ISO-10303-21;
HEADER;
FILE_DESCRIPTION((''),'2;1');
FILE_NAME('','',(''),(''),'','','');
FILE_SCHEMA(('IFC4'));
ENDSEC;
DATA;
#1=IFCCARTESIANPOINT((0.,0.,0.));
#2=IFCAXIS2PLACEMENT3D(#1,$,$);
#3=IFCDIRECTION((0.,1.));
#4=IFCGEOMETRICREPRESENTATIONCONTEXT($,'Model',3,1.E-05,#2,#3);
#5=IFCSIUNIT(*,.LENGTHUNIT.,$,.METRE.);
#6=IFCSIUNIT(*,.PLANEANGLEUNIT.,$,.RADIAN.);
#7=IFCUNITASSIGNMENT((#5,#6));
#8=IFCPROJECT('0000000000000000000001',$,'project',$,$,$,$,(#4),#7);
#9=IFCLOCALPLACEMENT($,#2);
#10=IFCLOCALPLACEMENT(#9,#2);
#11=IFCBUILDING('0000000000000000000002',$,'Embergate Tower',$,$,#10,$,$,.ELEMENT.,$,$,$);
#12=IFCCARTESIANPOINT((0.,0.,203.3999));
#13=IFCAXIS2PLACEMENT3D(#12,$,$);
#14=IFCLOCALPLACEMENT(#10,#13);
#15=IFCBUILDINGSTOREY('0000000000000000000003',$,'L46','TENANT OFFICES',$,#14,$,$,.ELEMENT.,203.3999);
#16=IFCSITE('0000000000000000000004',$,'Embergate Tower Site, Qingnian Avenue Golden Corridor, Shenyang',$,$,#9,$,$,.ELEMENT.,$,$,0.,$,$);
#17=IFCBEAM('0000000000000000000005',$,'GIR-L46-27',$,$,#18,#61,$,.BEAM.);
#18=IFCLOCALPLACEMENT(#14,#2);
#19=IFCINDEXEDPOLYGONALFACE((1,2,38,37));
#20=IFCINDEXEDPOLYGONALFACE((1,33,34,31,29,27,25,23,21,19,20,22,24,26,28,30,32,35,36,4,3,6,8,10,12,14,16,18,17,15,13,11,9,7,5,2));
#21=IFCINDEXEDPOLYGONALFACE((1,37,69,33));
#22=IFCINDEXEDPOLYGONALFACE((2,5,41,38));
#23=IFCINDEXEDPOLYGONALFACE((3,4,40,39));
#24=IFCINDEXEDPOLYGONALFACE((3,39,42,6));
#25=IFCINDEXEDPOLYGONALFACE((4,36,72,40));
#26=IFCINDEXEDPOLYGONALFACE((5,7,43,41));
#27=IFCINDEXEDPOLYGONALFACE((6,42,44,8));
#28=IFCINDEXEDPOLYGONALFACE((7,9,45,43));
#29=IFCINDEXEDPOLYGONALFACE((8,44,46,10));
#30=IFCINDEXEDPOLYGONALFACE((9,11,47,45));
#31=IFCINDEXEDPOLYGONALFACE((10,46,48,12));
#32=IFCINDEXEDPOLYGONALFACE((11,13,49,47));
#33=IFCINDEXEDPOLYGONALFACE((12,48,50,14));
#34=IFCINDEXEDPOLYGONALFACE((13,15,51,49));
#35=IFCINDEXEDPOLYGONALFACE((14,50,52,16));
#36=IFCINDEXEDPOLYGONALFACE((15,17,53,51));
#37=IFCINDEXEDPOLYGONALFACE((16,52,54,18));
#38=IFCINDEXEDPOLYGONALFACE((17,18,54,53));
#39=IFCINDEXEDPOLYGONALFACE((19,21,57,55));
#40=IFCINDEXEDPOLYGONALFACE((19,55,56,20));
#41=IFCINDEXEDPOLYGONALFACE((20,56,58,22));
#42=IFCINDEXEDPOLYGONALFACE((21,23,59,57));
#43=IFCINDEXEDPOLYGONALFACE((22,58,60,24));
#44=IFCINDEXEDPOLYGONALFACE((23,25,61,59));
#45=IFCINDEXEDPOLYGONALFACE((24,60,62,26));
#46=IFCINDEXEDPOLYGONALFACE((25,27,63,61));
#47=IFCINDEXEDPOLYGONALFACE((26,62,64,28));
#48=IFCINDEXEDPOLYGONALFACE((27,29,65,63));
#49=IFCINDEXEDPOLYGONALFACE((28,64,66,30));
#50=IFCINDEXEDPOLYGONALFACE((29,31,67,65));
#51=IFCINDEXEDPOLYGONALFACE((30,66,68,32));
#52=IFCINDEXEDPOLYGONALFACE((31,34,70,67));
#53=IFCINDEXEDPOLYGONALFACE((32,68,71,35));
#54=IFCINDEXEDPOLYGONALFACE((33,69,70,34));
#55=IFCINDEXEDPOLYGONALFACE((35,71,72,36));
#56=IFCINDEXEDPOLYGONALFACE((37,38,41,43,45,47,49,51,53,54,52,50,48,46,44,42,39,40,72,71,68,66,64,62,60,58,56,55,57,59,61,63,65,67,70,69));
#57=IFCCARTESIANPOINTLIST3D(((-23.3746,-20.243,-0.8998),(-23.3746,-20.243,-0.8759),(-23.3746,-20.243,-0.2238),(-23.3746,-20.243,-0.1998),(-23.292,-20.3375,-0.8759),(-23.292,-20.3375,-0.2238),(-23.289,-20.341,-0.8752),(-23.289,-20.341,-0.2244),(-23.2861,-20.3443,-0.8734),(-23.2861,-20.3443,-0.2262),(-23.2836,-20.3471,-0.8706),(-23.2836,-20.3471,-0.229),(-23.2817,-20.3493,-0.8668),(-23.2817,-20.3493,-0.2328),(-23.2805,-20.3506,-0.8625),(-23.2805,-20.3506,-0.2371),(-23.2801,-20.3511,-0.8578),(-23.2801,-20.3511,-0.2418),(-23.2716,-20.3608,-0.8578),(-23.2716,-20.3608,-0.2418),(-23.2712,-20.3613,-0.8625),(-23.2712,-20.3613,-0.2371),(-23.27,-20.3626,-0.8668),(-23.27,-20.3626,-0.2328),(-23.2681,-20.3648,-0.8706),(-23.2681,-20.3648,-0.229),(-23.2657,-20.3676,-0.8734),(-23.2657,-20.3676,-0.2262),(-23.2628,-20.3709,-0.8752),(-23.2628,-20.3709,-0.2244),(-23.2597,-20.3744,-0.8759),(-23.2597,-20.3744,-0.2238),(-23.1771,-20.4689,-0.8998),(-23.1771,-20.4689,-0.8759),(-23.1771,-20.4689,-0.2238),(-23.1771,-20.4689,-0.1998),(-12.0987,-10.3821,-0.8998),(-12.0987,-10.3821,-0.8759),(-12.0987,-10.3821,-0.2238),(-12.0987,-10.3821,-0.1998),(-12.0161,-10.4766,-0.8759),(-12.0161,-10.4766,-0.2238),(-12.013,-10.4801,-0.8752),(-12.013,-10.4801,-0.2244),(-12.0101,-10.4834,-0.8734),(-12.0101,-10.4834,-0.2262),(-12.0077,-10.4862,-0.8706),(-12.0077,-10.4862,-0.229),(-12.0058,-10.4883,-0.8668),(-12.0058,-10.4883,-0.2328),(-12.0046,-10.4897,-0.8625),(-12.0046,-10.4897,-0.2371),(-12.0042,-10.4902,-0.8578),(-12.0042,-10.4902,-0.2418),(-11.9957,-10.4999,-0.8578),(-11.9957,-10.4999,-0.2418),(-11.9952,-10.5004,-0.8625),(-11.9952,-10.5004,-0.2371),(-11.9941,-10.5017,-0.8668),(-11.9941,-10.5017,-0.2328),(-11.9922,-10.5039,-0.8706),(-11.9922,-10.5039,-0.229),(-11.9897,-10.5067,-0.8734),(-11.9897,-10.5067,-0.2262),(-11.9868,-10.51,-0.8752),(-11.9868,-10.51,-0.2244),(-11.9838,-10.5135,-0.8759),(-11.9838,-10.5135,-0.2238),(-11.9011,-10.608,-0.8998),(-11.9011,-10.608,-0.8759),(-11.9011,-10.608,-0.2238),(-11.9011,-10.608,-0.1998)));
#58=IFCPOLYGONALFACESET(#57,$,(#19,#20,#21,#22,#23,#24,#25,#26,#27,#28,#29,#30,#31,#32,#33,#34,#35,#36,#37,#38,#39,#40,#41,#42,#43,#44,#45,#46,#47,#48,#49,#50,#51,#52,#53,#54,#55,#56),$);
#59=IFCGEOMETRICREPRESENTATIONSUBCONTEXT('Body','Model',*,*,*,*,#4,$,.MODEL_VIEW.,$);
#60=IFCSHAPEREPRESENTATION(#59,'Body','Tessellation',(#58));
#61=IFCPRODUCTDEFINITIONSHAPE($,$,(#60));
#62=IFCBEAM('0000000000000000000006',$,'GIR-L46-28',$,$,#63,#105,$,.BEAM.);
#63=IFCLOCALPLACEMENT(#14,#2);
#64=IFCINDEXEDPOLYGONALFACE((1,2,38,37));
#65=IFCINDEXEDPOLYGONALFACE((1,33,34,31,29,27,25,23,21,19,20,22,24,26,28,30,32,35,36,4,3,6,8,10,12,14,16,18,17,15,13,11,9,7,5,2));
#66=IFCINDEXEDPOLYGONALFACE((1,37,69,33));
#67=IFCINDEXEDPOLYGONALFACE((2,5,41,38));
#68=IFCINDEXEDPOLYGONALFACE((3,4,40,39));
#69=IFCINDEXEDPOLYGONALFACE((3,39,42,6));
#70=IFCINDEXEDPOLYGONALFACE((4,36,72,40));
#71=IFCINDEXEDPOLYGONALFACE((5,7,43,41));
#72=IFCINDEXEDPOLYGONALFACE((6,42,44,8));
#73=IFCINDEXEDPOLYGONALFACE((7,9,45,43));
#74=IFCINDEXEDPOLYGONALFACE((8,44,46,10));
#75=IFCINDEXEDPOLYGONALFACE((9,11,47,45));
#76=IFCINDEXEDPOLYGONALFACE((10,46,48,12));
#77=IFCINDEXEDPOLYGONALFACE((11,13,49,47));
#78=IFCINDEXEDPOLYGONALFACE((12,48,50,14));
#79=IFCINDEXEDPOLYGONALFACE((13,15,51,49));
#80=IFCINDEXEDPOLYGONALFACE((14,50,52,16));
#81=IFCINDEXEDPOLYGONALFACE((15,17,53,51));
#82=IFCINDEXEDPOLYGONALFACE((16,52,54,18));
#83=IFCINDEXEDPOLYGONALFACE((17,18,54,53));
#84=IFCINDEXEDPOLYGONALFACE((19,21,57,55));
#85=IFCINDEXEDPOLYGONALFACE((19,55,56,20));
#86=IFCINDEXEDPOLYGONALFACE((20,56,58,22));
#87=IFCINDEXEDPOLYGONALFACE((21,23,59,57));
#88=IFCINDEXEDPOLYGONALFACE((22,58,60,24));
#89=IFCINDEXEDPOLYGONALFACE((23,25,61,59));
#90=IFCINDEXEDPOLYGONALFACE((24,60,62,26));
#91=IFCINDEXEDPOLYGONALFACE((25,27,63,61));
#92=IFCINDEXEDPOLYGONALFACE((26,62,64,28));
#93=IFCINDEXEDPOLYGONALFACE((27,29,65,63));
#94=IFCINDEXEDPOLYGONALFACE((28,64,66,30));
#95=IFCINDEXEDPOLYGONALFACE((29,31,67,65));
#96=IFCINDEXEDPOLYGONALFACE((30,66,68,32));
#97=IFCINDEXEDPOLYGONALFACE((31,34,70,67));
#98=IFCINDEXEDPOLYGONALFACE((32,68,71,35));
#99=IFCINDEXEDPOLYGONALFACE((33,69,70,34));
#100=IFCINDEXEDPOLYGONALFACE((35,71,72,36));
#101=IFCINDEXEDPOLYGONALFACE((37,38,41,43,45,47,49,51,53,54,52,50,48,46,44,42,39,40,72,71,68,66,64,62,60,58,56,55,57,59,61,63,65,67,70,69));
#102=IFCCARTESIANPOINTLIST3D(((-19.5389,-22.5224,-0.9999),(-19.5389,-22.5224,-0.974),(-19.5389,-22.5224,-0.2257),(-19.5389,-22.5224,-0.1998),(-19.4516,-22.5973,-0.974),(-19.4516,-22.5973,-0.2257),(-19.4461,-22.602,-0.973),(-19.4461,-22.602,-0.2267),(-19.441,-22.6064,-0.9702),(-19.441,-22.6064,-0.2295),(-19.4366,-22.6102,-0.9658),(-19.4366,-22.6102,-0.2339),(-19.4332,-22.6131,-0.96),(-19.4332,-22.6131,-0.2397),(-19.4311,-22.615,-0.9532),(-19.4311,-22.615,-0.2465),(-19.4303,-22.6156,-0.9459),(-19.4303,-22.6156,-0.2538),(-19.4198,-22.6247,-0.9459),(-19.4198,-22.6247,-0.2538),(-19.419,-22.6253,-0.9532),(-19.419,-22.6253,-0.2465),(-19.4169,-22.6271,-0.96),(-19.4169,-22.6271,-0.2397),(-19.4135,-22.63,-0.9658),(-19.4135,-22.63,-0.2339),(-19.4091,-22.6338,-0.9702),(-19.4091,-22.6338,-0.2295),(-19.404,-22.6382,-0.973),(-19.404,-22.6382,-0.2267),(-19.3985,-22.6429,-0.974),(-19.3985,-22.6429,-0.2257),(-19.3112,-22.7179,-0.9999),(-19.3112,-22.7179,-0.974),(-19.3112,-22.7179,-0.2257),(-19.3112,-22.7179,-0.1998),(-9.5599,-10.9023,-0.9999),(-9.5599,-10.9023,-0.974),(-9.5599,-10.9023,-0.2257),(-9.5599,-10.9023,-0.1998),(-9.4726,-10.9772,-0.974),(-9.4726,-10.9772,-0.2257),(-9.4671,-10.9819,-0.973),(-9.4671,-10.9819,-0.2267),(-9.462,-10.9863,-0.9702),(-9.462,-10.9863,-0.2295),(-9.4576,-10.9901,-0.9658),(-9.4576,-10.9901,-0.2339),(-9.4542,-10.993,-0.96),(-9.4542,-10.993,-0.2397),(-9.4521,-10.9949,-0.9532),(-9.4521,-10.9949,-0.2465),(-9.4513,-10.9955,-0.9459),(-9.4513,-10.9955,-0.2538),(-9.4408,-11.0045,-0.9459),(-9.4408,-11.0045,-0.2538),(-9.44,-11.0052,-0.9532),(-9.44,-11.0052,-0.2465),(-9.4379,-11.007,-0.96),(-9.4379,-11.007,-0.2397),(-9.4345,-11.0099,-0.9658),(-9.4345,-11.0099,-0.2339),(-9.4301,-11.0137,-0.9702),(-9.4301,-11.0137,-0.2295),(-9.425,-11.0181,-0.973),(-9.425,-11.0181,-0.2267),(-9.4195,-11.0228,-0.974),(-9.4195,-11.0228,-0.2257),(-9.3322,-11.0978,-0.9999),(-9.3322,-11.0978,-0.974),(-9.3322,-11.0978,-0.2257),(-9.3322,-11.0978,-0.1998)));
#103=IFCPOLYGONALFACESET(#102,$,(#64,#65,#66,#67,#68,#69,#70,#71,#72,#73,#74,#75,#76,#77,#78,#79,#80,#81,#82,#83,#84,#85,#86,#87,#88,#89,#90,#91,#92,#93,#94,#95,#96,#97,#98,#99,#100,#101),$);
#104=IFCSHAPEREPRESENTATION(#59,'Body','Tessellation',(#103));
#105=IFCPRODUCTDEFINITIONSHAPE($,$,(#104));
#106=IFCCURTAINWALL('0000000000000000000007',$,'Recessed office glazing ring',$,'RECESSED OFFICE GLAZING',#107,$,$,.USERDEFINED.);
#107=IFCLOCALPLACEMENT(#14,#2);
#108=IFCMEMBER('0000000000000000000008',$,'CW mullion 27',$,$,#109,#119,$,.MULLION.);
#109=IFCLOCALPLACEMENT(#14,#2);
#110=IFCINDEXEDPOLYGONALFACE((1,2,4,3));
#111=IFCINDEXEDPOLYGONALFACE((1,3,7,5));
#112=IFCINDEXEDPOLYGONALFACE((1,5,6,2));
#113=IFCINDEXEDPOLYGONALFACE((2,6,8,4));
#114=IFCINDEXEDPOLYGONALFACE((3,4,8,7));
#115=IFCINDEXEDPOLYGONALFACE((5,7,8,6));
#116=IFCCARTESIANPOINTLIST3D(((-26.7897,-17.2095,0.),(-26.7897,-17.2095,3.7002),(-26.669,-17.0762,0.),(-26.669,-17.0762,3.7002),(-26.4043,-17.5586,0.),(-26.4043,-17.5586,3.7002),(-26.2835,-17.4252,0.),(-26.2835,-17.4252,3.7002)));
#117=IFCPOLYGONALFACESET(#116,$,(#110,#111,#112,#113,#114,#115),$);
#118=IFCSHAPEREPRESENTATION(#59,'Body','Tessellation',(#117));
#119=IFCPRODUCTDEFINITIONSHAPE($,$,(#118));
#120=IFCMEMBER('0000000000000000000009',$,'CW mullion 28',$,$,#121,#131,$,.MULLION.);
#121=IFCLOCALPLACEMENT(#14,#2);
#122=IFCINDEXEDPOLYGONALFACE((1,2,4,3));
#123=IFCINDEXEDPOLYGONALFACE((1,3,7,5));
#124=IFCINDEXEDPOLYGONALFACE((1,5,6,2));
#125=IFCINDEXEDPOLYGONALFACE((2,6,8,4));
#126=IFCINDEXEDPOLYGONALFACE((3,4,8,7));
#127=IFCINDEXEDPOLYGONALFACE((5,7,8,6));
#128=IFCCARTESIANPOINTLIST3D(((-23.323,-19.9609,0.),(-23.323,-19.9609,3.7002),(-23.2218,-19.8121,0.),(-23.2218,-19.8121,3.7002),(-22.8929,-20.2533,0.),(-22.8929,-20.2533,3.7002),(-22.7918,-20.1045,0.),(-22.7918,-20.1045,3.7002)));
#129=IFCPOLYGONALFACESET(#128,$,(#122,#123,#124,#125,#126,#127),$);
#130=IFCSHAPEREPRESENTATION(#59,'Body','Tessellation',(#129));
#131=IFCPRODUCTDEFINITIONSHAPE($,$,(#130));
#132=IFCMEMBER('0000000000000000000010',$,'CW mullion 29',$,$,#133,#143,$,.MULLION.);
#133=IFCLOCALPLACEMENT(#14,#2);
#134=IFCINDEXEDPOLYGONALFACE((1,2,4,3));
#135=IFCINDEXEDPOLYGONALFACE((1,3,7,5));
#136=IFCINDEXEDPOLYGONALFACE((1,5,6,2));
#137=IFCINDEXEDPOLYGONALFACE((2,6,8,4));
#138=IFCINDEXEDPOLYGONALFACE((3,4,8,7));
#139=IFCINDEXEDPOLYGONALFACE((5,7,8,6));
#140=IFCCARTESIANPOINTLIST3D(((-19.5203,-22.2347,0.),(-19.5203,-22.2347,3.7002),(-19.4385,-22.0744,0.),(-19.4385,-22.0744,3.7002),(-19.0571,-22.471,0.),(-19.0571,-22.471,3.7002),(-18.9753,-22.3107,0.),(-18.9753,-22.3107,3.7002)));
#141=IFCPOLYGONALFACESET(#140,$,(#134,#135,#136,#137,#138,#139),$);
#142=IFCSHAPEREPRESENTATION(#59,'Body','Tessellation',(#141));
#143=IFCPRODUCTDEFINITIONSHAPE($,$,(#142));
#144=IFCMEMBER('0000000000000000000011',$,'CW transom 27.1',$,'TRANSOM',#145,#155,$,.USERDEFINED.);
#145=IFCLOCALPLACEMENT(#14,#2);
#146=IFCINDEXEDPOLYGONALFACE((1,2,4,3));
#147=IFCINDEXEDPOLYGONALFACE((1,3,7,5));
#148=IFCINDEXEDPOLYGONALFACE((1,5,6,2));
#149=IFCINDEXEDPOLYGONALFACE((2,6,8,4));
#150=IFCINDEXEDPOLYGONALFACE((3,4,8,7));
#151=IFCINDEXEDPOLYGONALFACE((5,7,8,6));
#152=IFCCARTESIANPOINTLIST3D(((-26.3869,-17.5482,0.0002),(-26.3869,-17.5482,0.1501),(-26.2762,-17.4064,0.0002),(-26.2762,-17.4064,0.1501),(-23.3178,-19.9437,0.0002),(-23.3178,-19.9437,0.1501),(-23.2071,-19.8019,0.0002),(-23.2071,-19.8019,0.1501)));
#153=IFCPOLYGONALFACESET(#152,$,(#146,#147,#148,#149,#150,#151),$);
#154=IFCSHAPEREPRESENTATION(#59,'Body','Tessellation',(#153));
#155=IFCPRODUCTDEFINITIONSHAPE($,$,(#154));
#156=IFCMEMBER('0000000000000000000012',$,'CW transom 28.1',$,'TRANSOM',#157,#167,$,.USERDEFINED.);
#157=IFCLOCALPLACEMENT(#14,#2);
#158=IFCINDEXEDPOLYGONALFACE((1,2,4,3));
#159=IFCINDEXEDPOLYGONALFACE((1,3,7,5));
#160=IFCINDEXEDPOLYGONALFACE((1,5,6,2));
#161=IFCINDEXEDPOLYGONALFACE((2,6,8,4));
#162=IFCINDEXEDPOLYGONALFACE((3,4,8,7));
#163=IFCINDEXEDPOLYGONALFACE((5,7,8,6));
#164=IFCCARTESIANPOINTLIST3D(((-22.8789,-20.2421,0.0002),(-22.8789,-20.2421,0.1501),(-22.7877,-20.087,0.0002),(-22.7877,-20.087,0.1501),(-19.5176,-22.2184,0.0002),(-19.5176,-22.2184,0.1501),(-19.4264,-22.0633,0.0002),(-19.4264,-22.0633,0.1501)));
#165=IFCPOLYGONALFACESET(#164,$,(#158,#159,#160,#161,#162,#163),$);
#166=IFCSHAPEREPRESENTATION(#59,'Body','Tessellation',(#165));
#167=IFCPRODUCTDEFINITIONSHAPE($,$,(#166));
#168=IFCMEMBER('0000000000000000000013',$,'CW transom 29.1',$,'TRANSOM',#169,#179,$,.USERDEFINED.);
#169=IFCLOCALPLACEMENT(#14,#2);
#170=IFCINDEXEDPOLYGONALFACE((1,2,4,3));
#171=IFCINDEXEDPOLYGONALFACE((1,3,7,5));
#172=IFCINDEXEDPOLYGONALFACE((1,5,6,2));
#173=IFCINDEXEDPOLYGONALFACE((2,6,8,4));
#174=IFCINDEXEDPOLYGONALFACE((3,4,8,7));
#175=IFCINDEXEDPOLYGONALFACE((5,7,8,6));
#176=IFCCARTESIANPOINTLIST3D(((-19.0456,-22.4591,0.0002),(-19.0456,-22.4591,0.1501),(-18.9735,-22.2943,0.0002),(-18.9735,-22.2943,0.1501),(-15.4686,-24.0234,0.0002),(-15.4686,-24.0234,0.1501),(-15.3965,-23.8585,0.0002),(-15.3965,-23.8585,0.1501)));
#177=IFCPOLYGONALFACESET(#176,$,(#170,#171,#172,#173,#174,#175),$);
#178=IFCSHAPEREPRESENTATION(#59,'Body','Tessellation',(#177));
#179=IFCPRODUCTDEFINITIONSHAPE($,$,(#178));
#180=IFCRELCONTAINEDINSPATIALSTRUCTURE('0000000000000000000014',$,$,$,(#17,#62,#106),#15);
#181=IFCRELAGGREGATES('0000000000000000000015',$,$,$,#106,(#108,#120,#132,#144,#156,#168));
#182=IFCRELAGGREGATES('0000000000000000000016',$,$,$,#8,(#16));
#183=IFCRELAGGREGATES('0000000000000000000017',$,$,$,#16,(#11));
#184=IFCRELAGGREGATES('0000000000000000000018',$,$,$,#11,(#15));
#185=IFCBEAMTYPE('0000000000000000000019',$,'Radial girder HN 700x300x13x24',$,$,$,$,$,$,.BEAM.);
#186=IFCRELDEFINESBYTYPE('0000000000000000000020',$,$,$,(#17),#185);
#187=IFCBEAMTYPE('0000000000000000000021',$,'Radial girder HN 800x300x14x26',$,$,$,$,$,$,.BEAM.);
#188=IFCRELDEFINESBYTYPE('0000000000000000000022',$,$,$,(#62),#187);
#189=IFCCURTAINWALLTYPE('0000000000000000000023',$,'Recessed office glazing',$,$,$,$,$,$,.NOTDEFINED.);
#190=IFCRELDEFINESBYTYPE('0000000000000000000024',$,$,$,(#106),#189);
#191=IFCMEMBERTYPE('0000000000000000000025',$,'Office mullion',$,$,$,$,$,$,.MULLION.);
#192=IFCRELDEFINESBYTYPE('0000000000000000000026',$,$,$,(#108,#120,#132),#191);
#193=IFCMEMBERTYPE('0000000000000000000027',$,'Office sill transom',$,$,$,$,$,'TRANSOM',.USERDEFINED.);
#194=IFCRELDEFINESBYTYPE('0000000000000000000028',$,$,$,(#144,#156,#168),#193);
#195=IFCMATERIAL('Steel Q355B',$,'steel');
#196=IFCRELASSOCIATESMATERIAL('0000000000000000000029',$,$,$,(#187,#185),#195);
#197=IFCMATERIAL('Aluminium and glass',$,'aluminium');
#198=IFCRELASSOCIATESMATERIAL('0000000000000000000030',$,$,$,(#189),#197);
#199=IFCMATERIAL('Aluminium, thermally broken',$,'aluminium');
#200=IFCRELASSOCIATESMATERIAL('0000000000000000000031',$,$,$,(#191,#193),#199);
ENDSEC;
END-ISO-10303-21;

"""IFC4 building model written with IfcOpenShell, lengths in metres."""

from ifc_helpers import new_model, si_unit, direction, frame, origin, origin_2d, place, context, subcontext, project, spatial, rectangle, i_section, extrude, source, transform, mapped, material, material_profile, profile_set, type_object, element, aggregate, save


model = new_model("IFC4")

# Units and contexts
model_context = context("Model", 3, precision=1e-05, world=origin(), true_north=direction((0.0, 1.0)))
body_context = subcontext(model_context, "Body", "Model", "MODEL_VIEW")
ifc_project = project(units=[si_unit("LENGTHUNIT", "METRE"), si_unit("PLANEANGLEUNIT", "RADIAN")], contexts=[model_context])

# Site, building, storey
site_placement = place(None, origin())
site = spatial("IfcSite", under=ifc_project, at=site_placement, Name="Embergate Tower Site, Qingnian Avenue Golden Corridor, Shenyang", CompositionType="ELEMENT", RefElevation=0.0)
building_placement = place(site_placement, origin())
building = spatial("IfcBuilding", under=site, at=building_placement, Name="Embergate Tower", CompositionType="ELEMENT")
storey_placement = place(building_placement, frame((0.0, 0.0, 203.3999)))
storey = spatial("IfcBuildingStorey", under=building, at=storey_placement, Name="L46", Description="TENANT OFFICES", CompositionType="ELEMENT", Elevation=203.3999)

# Beams
ifc_material_1 = material(Name="Steel Q355B", Category="steel")
ifc_material_profile_1 = material_profile(ifc_material_1, i_section(OverallWidth=0.3, OverallDepth=0.8, WebThickness=0.0139, FlangeThickness=0.0259, FilletRadius=0.0281, at=origin_2d()), Name="HN 800x300x14x26")
ifc_profile_set_1 = profile_set([ifc_material_profile_1], Name="Steel Q355 grade B")
beam_type_1 = type_object("IfcBeamType", Name="Radial girder HN 800x300x14x26", PredefinedType="BEAM", material=ifc_profile_set_1)
ifc_material_profile_2 = material_profile(ifc_material_1, i_section(OverallWidth=0.3, OverallDepth=0.7, WebThickness=0.0129, FlangeThickness=0.0239, FilletRadius=0.0181, at=origin_2d()), Name="HN 700x300x13x24")
ifc_profile_set_2 = profile_set([ifc_material_profile_2], Name="Steel Q355 grade B")
beam_type_2 = type_object("IfcBeamType", Name="Radial girder HN 700x300x13x24", PredefinedType="BEAM", material=ifc_profile_set_2)
shared_shape_1 = source(origin(), body_context, "Body", "SweptSolid", [
    extrude(i_section(OverallWidth=0.3, OverallDepth=0.7, WebThickness=0.0129, FlangeThickness=0.0239, FilletRadius=0.0181, at=origin_2d()), origin(), (0.0, 0.0, 1.0), 14.9795),
])
beam_1_placement = place(storey_placement, frame((-23.2759, -20.356, -0.5498), z_axis=(0.75276, 0.658295, 0.0), x_axis=(-0.658295, 0.75276, 0.0)))
element("IfcBeam", 1, at=beam_1_placement, inside=storey, type_object=beam_type_2, Name="GIR-L46-27", PredefinedType="BEAM", context=body_context, shape_type="MappedRepresentation", body=[
    mapped(shared_shape_1, transform((0.0, 0.0, 0.0))),
])
shared_shape_2 = source(origin(), body_context, "Body", "SweptSolid", [
    extrude(i_section(OverallWidth=0.3, OverallDepth=0.8, WebThickness=0.0139, FlangeThickness=0.0259, FilletRadius=0.0281, at=origin_2d()), origin(), (0.0, 0.0, 1.0), 15.3169),
])
beam_2_placement = place(storey_placement, frame((-19.425, -22.6201, -0.5999), z_axis=(0.651503, 0.758646, 0.0), x_axis=(-0.758646, 0.651503, 0.0)))
element("IfcBeam", 2, at=beam_2_placement, inside=storey, type_object=beam_type_1, Name="GIR-L46-28", PredefinedType="BEAM", context=body_context, shape_type="MappedRepresentation", body=[
    mapped(shared_shape_2, transform((0.0, 0.0, 0.0))),
])

# Curtain wall, members
ifc_material_2 = material(Name="Aluminium and glass", Category="aluminium")
curtain_wall_type = type_object("IfcCurtainWallType", Name="Recessed office glazing", PredefinedType="NOTDEFINED", material=ifc_material_2)
curtain_wall_placement = place(storey_placement, origin())
curtain_wall = element("IfcCurtainWall", 3, at=curtain_wall_placement, inside=storey, type_object=curtain_wall_type, Name="Recessed office glazing ring", ObjectType="RECESSED OFFICE GLAZING", PredefinedType="USERDEFINED")
ifc_material_3 = material(Name="Aluminium, thermally broken", Category="aluminium")
ifc_material_profile_3 = material_profile(ifc_material_3, rectangle(XDim=0.1799, YDim=0.52, at=origin_2d()), Name="AL 520x180")
ifc_profile_set_3 = profile_set([ifc_material_profile_3], Name="Aluminium, thermally broken")
member_type_1 = type_object("IfcMemberType", Name="Office mullion", PredefinedType="MULLION", material=ifc_profile_set_3)
shared_shape_3 = source(origin(), body_context, "Body", "SweptSolid", [
    extrude(rectangle(XDim=0.1799, YDim=0.52, at=origin_2d()), origin(), (0.0, 0.0, 1.0), 3.7002),
])
member_1_placement = place(storey_placement, frame((-26.5366, -17.3174, 0.0), z_axis=(0.0, 0.0, 1.0), x_axis=(0.671236, 0.741244, 0.0)))
member_1 = element("IfcMember", 4, at=member_1_placement, type_object=member_type_1, Name="CW mullion 27", PredefinedType="MULLION", context=body_context, shape_type="MappedRepresentation", body=[
    mapped(shared_shape_3, transform((0.0, 0.0, 0.0))),
])
member_2_placement = place(storey_placement, frame((-23.0574, -20.0327, 0.0), z_axis=(0.0, 0.0, 1.0), x_axis=(0.562226, 0.826983, 0.0)))
member_2 = element("IfcMember", 5, at=member_2_placement, type_object=member_type_1, Name="CW mullion 28", PredefinedType="MULLION", context=body_context, shape_type="MappedRepresentation", body=[
    mapped(shared_shape_3, transform((0.0, 0.0, 0.0))),
])
member_3_placement = place(storey_placement, frame((-19.2478, -22.2727, 0.0), z_axis=(0.0, 0.0, 1.0), x_axis=(0.454521, 0.890736, 0.0)))
member_3 = element("IfcMember", 6, at=member_3_placement, type_object=member_type_1, Name="CW mullion 29", PredefinedType="MULLION", context=body_context, shape_type="MappedRepresentation", body=[
    mapped(shared_shape_3, transform((0.0, 0.0, 0.0))),
])
ifc_material_profile_4 = material_profile(ifc_material_3, rectangle(XDim=0.1799, YDim=0.1499, at=origin_2d()), Name="AL 150x180")
ifc_profile_set_4 = profile_set([ifc_material_profile_4], Name="Aluminium, thermally broken")
member_type_2 = type_object("IfcMemberType", Name="Office sill transom", ElementType="TRANSOM", PredefinedType="USERDEFINED", material=ifc_profile_set_4)
shared_shape_4 = source(origin(), body_context, "Body", "SweptSolid", [
    extrude(rectangle(XDim=0.1799, YDim=0.1499, at=origin_2d()), origin(), (0.0, 0.0, 1.0), 3.8933),
])
member_4_placement = place(storey_placement, frame((-26.3315, -17.4773, 0.0752), z_axis=(0.788301, -0.61529, 0.0), x_axis=(0.61529, 0.788301, 0.0)))
member_4 = element("IfcMember", 7, at=member_4_placement, type_object=member_type_2, Name="CW transom 27.1", ObjectType="TRANSOM", PredefinedType="USERDEFINED", context=body_context, shape_type="MappedRepresentation", body=[
    mapped(shared_shape_4, transform((0.0, 0.0, 0.0))),
])
shared_shape_5 = source(origin(), body_context, "Body", "SweptSolid", [
    extrude(rectangle(XDim=0.1799, YDim=0.1499, at=origin_2d()), origin(), (0.0, 0.0, 1.0), 3.8992),
])
member_5_placement = place(storey_placement, frame((-22.8333, -20.1646, 0.0752), z_axis=(0.862039, -0.506842, 0.0), x_axis=(0.506842, 0.862039, 0.0)))
member_5 = element("IfcMember", 8, at=member_5_placement, type_object=member_type_2, Name="CW transom 28.1", ObjectType="TRANSOM", PredefinedType="USERDEFINED", context=body_context, shape_type="MappedRepresentation", body=[
    mapped(shared_shape_5, transform((0.0, 0.0, 0.0))),
])
shared_shape_6 = source(origin(), body_context, "Body", "SweptSolid", [
    extrude(rectangle(XDim=0.1799, YDim=0.1499, at=origin_2d()), origin(), (0.0, 0.0, 1.0), 3.9041),
])
member_6_placement = place(storey_placement, frame((-19.0095, -22.3767, 0.0752), z_axis=(0.916222, -0.400671, 0.0), x_axis=(0.400671, 0.916222, 0.0)))
member_6 = element("IfcMember", 9, at=member_6_placement, type_object=member_type_2, Name="CW transom 29.1", ObjectType="TRANSOM", PredefinedType="USERDEFINED", context=body_context, shape_type="MappedRepresentation", body=[
    mapped(shared_shape_6, transform((0.0, 0.0, 0.0))),
])
aggregate(curtain_wall, [member_1, member_2, member_3, member_4, member_5, member_6])

save(model, "model.ifc")
